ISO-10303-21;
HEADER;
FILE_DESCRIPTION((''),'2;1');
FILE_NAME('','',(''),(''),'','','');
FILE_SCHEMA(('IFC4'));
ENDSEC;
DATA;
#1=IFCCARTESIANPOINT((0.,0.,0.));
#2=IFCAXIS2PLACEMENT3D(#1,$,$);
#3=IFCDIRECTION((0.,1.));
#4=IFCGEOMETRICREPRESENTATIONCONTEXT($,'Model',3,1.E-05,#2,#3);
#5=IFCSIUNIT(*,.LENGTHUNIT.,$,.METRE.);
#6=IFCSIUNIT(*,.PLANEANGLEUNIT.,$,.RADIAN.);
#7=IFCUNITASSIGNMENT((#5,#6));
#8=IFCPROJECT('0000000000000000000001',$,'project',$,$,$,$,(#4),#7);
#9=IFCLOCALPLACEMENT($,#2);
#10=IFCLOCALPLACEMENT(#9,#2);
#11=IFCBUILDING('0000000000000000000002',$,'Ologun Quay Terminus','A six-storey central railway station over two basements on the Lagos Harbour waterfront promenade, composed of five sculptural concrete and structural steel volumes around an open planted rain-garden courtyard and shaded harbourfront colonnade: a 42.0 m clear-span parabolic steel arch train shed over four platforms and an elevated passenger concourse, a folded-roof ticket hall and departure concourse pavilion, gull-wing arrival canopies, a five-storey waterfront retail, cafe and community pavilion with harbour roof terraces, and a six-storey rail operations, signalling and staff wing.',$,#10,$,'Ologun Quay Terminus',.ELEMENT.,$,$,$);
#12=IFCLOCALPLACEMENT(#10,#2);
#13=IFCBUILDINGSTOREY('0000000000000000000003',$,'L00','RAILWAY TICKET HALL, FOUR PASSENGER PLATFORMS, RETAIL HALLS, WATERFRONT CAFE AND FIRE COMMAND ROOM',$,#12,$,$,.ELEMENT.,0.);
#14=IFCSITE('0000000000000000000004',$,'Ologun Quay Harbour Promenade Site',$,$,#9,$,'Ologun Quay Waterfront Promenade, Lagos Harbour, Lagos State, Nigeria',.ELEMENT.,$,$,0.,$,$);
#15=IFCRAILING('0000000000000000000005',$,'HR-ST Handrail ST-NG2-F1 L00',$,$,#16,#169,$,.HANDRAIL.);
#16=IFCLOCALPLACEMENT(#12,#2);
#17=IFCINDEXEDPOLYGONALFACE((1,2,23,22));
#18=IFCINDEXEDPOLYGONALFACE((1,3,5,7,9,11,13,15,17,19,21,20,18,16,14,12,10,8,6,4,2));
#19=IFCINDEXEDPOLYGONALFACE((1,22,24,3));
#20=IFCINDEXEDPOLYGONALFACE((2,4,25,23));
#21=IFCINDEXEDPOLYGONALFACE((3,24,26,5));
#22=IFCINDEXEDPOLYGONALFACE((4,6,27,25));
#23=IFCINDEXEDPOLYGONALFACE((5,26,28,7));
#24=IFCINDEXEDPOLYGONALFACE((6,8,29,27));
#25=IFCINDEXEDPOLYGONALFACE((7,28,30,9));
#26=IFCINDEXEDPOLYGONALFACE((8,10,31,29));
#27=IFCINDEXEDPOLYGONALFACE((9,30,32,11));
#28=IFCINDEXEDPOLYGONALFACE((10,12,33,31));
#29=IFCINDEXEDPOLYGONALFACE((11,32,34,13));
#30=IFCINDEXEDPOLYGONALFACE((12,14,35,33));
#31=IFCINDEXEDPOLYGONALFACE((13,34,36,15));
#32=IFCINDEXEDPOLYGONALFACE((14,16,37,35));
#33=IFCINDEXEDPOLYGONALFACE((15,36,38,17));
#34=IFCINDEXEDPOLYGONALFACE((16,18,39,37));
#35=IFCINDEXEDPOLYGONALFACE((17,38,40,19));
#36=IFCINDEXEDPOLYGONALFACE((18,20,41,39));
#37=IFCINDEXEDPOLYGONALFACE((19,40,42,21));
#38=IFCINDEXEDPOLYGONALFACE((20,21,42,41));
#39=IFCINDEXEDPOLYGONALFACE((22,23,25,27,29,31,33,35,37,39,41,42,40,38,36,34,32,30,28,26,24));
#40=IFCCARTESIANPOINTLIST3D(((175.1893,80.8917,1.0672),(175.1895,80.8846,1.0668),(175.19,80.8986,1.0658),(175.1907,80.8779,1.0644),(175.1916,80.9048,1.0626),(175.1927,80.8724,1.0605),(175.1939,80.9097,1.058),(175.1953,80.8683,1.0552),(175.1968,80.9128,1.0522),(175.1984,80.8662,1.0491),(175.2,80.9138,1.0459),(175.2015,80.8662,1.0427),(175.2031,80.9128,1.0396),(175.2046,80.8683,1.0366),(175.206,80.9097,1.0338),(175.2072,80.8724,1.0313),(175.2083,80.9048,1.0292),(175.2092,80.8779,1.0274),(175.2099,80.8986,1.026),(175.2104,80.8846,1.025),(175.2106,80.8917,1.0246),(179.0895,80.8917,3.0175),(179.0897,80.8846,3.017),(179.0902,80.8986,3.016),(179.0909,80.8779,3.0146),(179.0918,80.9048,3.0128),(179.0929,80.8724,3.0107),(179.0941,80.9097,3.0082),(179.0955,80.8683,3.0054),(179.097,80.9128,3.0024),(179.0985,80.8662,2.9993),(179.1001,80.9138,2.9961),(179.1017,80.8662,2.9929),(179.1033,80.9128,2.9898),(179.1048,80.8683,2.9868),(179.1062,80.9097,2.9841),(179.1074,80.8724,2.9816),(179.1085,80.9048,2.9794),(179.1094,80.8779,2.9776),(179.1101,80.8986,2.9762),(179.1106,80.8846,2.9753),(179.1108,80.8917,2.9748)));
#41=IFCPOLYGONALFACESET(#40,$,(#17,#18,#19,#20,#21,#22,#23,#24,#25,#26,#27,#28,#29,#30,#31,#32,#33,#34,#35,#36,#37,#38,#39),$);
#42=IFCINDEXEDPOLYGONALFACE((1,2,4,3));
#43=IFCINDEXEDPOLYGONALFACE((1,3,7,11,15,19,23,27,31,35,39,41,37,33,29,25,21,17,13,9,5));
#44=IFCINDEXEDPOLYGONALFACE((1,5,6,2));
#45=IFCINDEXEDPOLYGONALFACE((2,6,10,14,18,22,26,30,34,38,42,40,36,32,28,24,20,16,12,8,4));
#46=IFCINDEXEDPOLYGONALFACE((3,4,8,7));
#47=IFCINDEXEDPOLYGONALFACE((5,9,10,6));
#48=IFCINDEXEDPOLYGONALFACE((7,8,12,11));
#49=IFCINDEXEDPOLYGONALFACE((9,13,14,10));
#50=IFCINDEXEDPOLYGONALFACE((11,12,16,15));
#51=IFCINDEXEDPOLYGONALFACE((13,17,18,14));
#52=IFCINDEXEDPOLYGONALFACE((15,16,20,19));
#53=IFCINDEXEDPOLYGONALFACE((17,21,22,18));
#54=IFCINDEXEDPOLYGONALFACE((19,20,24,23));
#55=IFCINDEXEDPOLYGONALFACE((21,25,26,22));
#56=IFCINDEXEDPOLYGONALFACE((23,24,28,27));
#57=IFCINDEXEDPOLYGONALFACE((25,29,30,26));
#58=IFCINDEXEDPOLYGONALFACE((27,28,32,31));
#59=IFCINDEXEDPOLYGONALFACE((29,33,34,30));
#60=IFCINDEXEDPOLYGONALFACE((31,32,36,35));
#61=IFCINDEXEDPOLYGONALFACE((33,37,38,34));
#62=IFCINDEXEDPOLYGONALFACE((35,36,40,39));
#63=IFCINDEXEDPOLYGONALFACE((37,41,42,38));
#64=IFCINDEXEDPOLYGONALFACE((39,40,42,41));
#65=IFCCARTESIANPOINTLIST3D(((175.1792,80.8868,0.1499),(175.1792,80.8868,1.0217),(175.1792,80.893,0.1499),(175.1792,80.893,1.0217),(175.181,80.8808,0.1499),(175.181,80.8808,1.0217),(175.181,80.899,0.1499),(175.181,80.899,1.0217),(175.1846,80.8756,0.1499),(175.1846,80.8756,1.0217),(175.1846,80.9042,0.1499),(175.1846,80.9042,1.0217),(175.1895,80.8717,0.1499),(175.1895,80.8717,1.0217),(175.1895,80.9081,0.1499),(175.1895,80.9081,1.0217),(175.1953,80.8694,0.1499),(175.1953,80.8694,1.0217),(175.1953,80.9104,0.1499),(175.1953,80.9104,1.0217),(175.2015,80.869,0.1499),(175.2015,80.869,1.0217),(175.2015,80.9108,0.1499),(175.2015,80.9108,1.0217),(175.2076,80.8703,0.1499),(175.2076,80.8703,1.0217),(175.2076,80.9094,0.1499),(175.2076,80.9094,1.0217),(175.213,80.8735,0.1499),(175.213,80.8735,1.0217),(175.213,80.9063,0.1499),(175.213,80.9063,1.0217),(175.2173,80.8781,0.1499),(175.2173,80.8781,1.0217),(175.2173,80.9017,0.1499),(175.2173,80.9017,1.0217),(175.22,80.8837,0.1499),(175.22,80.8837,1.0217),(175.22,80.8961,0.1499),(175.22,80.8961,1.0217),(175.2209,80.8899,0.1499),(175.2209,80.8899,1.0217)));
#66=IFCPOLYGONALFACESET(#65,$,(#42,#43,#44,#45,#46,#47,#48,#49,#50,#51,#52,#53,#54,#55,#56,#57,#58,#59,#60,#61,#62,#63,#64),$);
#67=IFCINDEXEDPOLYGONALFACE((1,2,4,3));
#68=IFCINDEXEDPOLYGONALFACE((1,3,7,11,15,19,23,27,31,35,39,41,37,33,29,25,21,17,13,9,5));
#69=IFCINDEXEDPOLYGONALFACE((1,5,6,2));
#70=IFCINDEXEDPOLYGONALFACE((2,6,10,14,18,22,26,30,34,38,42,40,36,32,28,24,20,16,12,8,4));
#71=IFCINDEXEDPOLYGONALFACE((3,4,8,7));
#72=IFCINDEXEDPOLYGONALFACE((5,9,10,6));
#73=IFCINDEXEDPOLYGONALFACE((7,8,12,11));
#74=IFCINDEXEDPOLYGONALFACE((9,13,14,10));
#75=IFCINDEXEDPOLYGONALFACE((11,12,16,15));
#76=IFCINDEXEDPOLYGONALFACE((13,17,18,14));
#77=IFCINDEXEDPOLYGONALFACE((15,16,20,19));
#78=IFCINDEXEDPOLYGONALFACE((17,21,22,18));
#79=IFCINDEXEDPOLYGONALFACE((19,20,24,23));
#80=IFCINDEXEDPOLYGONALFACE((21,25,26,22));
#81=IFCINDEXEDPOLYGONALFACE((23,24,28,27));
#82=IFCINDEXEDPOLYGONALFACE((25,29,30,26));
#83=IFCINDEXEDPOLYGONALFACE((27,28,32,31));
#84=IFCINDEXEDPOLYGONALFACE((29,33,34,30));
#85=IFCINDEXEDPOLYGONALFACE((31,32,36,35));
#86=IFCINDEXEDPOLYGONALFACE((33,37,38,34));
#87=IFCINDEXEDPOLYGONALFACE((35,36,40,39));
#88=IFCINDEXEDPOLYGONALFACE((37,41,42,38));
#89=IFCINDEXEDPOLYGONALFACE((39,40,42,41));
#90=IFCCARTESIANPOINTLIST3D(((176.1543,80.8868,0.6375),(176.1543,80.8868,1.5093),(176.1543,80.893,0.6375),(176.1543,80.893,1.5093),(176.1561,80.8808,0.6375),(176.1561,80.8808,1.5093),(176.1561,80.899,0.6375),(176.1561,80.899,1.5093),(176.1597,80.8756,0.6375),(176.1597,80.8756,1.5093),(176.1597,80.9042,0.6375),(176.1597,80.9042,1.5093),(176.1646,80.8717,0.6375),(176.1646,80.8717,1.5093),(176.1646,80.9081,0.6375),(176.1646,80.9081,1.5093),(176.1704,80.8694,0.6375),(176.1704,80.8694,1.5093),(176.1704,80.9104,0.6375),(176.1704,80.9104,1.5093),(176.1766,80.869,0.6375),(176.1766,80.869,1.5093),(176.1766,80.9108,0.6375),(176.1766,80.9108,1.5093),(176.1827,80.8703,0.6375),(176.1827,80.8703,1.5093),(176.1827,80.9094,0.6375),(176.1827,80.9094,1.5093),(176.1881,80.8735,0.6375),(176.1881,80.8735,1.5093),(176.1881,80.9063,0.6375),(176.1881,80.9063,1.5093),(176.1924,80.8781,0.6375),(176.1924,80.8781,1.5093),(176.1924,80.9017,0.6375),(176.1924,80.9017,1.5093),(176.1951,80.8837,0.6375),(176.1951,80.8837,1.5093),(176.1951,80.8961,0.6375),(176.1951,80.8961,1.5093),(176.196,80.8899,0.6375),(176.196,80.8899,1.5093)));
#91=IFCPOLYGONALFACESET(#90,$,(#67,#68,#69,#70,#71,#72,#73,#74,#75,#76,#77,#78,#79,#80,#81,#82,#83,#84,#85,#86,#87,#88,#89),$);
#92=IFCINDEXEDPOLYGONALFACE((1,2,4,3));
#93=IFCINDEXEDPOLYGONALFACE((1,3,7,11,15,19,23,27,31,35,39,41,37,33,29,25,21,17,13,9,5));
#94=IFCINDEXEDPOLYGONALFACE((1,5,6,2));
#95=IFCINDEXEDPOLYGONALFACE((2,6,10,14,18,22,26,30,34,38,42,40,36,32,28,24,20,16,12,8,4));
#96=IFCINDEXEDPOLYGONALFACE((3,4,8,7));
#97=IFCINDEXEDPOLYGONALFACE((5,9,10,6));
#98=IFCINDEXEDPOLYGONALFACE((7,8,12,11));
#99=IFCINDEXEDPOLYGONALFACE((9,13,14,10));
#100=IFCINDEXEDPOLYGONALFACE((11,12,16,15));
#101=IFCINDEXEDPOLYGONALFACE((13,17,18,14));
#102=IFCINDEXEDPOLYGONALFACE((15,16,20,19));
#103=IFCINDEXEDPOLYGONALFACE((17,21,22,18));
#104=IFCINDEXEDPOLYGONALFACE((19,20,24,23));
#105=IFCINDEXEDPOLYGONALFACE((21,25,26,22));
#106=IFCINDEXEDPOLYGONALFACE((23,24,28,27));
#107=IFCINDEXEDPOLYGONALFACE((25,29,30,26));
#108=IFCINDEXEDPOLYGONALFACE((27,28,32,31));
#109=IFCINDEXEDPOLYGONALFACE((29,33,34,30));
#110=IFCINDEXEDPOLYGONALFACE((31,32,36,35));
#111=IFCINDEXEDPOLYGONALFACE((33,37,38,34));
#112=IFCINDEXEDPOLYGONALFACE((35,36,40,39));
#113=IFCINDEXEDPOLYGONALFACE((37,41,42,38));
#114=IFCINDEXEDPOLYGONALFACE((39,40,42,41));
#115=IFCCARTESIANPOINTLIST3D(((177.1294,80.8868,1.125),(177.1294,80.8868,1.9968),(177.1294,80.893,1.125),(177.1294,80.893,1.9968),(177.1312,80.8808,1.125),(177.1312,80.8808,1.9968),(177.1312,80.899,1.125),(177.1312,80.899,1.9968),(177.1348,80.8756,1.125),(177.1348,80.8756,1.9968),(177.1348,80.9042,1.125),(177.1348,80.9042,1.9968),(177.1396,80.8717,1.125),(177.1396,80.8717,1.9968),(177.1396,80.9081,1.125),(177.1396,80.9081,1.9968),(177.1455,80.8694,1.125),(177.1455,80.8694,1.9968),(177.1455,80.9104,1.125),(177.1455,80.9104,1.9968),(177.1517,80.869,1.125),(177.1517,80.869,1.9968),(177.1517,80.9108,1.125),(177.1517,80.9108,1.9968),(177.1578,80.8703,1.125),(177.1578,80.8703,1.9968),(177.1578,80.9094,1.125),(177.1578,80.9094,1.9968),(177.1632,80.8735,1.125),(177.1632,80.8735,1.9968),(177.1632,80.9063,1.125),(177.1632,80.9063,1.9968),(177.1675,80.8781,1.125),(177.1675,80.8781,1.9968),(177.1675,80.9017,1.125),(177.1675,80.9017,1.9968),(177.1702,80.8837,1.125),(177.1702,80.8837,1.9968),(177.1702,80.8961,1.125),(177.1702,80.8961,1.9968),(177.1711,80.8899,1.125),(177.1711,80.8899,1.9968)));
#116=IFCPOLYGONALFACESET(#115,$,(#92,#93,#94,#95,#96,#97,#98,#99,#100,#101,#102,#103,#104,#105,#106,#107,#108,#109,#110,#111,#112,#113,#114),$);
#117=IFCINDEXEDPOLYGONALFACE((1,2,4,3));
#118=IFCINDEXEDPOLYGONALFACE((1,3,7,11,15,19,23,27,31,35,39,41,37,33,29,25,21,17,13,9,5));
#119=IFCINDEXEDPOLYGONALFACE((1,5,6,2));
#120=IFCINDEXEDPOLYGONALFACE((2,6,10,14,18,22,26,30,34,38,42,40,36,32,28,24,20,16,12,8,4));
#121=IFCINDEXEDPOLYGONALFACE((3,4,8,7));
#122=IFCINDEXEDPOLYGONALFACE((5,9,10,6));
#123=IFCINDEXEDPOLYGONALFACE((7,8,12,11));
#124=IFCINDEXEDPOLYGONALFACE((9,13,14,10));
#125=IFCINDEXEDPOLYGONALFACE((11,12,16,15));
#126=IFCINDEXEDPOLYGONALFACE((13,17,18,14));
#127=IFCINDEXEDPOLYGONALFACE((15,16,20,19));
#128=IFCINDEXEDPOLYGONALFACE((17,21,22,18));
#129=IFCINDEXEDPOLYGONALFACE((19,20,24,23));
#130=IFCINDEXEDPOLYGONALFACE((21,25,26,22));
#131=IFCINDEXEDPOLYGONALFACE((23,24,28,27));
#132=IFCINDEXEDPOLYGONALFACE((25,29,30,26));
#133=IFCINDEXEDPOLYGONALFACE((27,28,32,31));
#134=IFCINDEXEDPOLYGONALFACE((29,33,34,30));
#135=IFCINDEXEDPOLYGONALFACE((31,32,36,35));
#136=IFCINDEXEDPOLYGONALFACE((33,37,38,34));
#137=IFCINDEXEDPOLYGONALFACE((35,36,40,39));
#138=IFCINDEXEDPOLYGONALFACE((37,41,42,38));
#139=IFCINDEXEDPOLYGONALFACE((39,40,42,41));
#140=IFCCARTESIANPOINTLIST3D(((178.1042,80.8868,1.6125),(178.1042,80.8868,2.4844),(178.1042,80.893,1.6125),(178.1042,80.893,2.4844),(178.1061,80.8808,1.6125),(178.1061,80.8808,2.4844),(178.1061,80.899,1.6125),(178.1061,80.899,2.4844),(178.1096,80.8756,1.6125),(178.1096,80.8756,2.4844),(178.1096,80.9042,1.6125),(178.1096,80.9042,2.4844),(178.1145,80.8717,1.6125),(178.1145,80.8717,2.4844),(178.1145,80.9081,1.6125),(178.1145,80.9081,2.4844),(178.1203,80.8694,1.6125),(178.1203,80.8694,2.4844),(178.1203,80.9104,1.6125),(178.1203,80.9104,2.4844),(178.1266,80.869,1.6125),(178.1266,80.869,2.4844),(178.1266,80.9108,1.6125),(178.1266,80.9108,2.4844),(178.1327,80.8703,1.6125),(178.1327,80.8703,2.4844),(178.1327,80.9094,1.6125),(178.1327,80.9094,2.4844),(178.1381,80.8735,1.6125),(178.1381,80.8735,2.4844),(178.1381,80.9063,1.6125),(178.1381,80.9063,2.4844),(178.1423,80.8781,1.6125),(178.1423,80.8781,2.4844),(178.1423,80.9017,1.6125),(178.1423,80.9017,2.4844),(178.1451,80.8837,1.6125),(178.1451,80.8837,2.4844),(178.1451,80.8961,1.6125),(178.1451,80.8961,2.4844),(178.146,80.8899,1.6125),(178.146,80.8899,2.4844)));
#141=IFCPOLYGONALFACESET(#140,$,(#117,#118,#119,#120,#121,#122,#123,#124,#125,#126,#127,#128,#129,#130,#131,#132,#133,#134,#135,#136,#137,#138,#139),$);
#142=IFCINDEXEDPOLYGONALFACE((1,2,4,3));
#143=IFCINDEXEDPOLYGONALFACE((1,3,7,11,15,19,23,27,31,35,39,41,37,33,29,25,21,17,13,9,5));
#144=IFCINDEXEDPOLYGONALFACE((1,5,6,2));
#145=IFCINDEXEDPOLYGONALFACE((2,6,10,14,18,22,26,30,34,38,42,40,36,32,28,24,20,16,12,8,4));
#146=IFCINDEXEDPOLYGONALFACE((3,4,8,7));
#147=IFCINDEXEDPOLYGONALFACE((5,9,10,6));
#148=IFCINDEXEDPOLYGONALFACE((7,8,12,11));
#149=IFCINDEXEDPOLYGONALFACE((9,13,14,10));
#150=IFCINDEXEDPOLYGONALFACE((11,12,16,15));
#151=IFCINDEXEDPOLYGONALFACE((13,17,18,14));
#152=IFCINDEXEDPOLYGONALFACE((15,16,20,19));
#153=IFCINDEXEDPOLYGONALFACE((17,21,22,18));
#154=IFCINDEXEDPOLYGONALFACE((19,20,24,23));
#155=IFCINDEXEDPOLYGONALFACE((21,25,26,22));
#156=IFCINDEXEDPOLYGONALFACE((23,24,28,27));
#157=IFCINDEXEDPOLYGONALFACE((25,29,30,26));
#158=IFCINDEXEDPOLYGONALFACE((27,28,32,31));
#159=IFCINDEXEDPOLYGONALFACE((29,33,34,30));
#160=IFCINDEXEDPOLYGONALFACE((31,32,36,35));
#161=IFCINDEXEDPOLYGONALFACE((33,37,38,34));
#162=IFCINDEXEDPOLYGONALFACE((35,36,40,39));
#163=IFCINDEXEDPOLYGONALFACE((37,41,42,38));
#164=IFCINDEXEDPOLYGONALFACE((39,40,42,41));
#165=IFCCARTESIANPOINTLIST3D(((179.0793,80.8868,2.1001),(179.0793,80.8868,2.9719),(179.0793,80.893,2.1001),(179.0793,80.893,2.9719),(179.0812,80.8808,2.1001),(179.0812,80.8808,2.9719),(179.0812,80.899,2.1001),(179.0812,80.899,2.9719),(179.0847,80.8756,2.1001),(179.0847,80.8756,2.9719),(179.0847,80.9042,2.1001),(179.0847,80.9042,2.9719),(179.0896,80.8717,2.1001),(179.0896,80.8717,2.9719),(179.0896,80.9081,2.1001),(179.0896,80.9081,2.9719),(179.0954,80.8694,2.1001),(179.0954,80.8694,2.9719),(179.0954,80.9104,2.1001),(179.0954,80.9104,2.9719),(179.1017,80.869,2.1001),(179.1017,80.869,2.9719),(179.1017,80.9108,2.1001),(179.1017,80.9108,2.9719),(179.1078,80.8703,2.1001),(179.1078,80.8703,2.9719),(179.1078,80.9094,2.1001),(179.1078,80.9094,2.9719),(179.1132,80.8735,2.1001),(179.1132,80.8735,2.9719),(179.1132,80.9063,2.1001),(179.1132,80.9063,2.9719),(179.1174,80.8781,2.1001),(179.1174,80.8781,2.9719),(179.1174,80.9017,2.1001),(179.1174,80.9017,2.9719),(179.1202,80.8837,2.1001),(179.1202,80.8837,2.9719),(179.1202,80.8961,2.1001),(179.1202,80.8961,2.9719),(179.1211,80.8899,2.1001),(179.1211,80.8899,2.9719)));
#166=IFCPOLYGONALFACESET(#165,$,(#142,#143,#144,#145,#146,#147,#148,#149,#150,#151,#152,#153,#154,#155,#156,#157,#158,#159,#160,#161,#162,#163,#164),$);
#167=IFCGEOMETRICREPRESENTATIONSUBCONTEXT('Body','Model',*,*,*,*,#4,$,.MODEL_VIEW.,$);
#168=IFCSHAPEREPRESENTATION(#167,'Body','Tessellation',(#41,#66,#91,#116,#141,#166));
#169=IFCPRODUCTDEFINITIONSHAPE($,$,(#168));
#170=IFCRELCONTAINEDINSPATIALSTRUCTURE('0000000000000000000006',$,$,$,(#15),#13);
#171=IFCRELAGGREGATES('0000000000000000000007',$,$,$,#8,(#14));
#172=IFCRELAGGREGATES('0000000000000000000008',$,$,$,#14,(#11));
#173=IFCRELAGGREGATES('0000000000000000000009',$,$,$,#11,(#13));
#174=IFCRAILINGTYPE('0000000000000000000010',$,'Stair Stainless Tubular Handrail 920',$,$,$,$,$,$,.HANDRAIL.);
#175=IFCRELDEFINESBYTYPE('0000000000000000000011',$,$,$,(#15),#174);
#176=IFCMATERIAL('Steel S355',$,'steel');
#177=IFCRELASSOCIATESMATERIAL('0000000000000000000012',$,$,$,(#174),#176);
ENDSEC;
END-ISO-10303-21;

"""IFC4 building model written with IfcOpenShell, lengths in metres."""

from ifc_helpers import new_model, si_unit, direction, frame, origin, origin_2d, place, context, subcontext, project, spatial, circle, extrude, material, type_object, element, save


model = new_model("IFC4")

# Units and contexts
model_context = context("Model", 3, precision=1e-05, world=origin(), true_north=direction((0.0, 1.0)))
body_context = subcontext(model_context, "Body", "Model", "MODEL_VIEW")
ifc_project = project(units=[si_unit("LENGTHUNIT", "METRE"), si_unit("PLANEANGLEUNIT", "RADIAN")], contexts=[model_context])

# Site, building, storey
site_placement = place(None, origin())
site = spatial("IfcSite", under=ifc_project, at=site_placement, Name="Ologun Quay Harbour Promenade Site", LongName="Ologun Quay Waterfront Promenade, Lagos Harbour, Lagos State, Nigeria", CompositionType="ELEMENT", RefElevation=0.0)
building_placement = place(site_placement, origin())
building = spatial("IfcBuilding", under=site, at=building_placement, Name="Ologun Quay Terminus", Description="A six-storey central railway station over two basements on the Lagos Harbour waterfront promenade, composed of five sculptural concrete and structural steel volumes around an open planted rain-garden courtyard and shaded harbourfront colonnade: a 42.0 m clear-span parabolic steel arch train shed over four platforms and an elevated passenger concourse, a folded-roof ticket hall and departure concourse pavilion, gull-wing arrival canopies, a five-storey waterfront retail, cafe and community pavilion with harbour roof terraces, and a six-storey rail operations, signalling and staff wing.", LongName="Ologun Quay Terminus", CompositionType="ELEMENT")
storey_placement = place(building_placement, origin())
storey = spatial("IfcBuildingStorey", under=building, at=storey_placement, Name="L00", Description="RAILWAY TICKET HALL, FOUR PASSENGER PLATFORMS, RETAIL HALLS, WATERFRONT CAFE AND FIRE COMMAND ROOM", CompositionType="ELEMENT", Elevation=0.0)

# Railing
ifc_material_1 = material(Name="Steel S355", Category="steel")
railing_type_1 = type_object("IfcRailingType", Name="Stair Stainless Tubular Handrail 920", PredefinedType="HANDRAIL", material=ifc_material_1)
railing_1_placement = place(storey_placement, frame((175.2, 80.8899, 0.1499)))
element("IfcRailing", 1, at=railing_1_placement, inside=storey, type_object=railing_type_1, Name="HR-ST Handrail ST-NG2-F1 L00", PredefinedType="HANDRAIL", context=body_context, shape_type="SweptSolid", body=[
    extrude(circle(Radius=0.0239, at=origin_2d()), frame((0.0, 0.0, 0.896), z_axis=(0.894416, 0.0, 0.447236), x_axis=(0.0, 1.0, 0.0)), (0.0, 0.0, 1.0), 4.3606),
    extrude(circle(Radius=0.021, at=origin_2d()), origin(), (0.0, 0.0, 1.0), 0.8718),
    extrude(circle(Radius=0.021, at=origin_2d()), frame((0.9751, 0.0, 0.4875)), (0.0, 0.0, 1.0), 0.8718),
    extrude(circle(Radius=0.021, at=origin_2d()), frame((1.9502, 0.0, 0.9751)), (0.0, 0.0, 1.0), 0.8718),
    extrude(circle(Radius=0.021, at=origin_2d()), frame((2.925, 0.0, 1.4626)), (0.0, 0.0, 1.0), 0.8718),
    extrude(circle(Radius=0.021, at=origin_2d()), frame((3.9001, 0.0, 1.9502)), (0.0, 0.0, 1.0), 0.8718),
])

save(model, "model.ifc")
